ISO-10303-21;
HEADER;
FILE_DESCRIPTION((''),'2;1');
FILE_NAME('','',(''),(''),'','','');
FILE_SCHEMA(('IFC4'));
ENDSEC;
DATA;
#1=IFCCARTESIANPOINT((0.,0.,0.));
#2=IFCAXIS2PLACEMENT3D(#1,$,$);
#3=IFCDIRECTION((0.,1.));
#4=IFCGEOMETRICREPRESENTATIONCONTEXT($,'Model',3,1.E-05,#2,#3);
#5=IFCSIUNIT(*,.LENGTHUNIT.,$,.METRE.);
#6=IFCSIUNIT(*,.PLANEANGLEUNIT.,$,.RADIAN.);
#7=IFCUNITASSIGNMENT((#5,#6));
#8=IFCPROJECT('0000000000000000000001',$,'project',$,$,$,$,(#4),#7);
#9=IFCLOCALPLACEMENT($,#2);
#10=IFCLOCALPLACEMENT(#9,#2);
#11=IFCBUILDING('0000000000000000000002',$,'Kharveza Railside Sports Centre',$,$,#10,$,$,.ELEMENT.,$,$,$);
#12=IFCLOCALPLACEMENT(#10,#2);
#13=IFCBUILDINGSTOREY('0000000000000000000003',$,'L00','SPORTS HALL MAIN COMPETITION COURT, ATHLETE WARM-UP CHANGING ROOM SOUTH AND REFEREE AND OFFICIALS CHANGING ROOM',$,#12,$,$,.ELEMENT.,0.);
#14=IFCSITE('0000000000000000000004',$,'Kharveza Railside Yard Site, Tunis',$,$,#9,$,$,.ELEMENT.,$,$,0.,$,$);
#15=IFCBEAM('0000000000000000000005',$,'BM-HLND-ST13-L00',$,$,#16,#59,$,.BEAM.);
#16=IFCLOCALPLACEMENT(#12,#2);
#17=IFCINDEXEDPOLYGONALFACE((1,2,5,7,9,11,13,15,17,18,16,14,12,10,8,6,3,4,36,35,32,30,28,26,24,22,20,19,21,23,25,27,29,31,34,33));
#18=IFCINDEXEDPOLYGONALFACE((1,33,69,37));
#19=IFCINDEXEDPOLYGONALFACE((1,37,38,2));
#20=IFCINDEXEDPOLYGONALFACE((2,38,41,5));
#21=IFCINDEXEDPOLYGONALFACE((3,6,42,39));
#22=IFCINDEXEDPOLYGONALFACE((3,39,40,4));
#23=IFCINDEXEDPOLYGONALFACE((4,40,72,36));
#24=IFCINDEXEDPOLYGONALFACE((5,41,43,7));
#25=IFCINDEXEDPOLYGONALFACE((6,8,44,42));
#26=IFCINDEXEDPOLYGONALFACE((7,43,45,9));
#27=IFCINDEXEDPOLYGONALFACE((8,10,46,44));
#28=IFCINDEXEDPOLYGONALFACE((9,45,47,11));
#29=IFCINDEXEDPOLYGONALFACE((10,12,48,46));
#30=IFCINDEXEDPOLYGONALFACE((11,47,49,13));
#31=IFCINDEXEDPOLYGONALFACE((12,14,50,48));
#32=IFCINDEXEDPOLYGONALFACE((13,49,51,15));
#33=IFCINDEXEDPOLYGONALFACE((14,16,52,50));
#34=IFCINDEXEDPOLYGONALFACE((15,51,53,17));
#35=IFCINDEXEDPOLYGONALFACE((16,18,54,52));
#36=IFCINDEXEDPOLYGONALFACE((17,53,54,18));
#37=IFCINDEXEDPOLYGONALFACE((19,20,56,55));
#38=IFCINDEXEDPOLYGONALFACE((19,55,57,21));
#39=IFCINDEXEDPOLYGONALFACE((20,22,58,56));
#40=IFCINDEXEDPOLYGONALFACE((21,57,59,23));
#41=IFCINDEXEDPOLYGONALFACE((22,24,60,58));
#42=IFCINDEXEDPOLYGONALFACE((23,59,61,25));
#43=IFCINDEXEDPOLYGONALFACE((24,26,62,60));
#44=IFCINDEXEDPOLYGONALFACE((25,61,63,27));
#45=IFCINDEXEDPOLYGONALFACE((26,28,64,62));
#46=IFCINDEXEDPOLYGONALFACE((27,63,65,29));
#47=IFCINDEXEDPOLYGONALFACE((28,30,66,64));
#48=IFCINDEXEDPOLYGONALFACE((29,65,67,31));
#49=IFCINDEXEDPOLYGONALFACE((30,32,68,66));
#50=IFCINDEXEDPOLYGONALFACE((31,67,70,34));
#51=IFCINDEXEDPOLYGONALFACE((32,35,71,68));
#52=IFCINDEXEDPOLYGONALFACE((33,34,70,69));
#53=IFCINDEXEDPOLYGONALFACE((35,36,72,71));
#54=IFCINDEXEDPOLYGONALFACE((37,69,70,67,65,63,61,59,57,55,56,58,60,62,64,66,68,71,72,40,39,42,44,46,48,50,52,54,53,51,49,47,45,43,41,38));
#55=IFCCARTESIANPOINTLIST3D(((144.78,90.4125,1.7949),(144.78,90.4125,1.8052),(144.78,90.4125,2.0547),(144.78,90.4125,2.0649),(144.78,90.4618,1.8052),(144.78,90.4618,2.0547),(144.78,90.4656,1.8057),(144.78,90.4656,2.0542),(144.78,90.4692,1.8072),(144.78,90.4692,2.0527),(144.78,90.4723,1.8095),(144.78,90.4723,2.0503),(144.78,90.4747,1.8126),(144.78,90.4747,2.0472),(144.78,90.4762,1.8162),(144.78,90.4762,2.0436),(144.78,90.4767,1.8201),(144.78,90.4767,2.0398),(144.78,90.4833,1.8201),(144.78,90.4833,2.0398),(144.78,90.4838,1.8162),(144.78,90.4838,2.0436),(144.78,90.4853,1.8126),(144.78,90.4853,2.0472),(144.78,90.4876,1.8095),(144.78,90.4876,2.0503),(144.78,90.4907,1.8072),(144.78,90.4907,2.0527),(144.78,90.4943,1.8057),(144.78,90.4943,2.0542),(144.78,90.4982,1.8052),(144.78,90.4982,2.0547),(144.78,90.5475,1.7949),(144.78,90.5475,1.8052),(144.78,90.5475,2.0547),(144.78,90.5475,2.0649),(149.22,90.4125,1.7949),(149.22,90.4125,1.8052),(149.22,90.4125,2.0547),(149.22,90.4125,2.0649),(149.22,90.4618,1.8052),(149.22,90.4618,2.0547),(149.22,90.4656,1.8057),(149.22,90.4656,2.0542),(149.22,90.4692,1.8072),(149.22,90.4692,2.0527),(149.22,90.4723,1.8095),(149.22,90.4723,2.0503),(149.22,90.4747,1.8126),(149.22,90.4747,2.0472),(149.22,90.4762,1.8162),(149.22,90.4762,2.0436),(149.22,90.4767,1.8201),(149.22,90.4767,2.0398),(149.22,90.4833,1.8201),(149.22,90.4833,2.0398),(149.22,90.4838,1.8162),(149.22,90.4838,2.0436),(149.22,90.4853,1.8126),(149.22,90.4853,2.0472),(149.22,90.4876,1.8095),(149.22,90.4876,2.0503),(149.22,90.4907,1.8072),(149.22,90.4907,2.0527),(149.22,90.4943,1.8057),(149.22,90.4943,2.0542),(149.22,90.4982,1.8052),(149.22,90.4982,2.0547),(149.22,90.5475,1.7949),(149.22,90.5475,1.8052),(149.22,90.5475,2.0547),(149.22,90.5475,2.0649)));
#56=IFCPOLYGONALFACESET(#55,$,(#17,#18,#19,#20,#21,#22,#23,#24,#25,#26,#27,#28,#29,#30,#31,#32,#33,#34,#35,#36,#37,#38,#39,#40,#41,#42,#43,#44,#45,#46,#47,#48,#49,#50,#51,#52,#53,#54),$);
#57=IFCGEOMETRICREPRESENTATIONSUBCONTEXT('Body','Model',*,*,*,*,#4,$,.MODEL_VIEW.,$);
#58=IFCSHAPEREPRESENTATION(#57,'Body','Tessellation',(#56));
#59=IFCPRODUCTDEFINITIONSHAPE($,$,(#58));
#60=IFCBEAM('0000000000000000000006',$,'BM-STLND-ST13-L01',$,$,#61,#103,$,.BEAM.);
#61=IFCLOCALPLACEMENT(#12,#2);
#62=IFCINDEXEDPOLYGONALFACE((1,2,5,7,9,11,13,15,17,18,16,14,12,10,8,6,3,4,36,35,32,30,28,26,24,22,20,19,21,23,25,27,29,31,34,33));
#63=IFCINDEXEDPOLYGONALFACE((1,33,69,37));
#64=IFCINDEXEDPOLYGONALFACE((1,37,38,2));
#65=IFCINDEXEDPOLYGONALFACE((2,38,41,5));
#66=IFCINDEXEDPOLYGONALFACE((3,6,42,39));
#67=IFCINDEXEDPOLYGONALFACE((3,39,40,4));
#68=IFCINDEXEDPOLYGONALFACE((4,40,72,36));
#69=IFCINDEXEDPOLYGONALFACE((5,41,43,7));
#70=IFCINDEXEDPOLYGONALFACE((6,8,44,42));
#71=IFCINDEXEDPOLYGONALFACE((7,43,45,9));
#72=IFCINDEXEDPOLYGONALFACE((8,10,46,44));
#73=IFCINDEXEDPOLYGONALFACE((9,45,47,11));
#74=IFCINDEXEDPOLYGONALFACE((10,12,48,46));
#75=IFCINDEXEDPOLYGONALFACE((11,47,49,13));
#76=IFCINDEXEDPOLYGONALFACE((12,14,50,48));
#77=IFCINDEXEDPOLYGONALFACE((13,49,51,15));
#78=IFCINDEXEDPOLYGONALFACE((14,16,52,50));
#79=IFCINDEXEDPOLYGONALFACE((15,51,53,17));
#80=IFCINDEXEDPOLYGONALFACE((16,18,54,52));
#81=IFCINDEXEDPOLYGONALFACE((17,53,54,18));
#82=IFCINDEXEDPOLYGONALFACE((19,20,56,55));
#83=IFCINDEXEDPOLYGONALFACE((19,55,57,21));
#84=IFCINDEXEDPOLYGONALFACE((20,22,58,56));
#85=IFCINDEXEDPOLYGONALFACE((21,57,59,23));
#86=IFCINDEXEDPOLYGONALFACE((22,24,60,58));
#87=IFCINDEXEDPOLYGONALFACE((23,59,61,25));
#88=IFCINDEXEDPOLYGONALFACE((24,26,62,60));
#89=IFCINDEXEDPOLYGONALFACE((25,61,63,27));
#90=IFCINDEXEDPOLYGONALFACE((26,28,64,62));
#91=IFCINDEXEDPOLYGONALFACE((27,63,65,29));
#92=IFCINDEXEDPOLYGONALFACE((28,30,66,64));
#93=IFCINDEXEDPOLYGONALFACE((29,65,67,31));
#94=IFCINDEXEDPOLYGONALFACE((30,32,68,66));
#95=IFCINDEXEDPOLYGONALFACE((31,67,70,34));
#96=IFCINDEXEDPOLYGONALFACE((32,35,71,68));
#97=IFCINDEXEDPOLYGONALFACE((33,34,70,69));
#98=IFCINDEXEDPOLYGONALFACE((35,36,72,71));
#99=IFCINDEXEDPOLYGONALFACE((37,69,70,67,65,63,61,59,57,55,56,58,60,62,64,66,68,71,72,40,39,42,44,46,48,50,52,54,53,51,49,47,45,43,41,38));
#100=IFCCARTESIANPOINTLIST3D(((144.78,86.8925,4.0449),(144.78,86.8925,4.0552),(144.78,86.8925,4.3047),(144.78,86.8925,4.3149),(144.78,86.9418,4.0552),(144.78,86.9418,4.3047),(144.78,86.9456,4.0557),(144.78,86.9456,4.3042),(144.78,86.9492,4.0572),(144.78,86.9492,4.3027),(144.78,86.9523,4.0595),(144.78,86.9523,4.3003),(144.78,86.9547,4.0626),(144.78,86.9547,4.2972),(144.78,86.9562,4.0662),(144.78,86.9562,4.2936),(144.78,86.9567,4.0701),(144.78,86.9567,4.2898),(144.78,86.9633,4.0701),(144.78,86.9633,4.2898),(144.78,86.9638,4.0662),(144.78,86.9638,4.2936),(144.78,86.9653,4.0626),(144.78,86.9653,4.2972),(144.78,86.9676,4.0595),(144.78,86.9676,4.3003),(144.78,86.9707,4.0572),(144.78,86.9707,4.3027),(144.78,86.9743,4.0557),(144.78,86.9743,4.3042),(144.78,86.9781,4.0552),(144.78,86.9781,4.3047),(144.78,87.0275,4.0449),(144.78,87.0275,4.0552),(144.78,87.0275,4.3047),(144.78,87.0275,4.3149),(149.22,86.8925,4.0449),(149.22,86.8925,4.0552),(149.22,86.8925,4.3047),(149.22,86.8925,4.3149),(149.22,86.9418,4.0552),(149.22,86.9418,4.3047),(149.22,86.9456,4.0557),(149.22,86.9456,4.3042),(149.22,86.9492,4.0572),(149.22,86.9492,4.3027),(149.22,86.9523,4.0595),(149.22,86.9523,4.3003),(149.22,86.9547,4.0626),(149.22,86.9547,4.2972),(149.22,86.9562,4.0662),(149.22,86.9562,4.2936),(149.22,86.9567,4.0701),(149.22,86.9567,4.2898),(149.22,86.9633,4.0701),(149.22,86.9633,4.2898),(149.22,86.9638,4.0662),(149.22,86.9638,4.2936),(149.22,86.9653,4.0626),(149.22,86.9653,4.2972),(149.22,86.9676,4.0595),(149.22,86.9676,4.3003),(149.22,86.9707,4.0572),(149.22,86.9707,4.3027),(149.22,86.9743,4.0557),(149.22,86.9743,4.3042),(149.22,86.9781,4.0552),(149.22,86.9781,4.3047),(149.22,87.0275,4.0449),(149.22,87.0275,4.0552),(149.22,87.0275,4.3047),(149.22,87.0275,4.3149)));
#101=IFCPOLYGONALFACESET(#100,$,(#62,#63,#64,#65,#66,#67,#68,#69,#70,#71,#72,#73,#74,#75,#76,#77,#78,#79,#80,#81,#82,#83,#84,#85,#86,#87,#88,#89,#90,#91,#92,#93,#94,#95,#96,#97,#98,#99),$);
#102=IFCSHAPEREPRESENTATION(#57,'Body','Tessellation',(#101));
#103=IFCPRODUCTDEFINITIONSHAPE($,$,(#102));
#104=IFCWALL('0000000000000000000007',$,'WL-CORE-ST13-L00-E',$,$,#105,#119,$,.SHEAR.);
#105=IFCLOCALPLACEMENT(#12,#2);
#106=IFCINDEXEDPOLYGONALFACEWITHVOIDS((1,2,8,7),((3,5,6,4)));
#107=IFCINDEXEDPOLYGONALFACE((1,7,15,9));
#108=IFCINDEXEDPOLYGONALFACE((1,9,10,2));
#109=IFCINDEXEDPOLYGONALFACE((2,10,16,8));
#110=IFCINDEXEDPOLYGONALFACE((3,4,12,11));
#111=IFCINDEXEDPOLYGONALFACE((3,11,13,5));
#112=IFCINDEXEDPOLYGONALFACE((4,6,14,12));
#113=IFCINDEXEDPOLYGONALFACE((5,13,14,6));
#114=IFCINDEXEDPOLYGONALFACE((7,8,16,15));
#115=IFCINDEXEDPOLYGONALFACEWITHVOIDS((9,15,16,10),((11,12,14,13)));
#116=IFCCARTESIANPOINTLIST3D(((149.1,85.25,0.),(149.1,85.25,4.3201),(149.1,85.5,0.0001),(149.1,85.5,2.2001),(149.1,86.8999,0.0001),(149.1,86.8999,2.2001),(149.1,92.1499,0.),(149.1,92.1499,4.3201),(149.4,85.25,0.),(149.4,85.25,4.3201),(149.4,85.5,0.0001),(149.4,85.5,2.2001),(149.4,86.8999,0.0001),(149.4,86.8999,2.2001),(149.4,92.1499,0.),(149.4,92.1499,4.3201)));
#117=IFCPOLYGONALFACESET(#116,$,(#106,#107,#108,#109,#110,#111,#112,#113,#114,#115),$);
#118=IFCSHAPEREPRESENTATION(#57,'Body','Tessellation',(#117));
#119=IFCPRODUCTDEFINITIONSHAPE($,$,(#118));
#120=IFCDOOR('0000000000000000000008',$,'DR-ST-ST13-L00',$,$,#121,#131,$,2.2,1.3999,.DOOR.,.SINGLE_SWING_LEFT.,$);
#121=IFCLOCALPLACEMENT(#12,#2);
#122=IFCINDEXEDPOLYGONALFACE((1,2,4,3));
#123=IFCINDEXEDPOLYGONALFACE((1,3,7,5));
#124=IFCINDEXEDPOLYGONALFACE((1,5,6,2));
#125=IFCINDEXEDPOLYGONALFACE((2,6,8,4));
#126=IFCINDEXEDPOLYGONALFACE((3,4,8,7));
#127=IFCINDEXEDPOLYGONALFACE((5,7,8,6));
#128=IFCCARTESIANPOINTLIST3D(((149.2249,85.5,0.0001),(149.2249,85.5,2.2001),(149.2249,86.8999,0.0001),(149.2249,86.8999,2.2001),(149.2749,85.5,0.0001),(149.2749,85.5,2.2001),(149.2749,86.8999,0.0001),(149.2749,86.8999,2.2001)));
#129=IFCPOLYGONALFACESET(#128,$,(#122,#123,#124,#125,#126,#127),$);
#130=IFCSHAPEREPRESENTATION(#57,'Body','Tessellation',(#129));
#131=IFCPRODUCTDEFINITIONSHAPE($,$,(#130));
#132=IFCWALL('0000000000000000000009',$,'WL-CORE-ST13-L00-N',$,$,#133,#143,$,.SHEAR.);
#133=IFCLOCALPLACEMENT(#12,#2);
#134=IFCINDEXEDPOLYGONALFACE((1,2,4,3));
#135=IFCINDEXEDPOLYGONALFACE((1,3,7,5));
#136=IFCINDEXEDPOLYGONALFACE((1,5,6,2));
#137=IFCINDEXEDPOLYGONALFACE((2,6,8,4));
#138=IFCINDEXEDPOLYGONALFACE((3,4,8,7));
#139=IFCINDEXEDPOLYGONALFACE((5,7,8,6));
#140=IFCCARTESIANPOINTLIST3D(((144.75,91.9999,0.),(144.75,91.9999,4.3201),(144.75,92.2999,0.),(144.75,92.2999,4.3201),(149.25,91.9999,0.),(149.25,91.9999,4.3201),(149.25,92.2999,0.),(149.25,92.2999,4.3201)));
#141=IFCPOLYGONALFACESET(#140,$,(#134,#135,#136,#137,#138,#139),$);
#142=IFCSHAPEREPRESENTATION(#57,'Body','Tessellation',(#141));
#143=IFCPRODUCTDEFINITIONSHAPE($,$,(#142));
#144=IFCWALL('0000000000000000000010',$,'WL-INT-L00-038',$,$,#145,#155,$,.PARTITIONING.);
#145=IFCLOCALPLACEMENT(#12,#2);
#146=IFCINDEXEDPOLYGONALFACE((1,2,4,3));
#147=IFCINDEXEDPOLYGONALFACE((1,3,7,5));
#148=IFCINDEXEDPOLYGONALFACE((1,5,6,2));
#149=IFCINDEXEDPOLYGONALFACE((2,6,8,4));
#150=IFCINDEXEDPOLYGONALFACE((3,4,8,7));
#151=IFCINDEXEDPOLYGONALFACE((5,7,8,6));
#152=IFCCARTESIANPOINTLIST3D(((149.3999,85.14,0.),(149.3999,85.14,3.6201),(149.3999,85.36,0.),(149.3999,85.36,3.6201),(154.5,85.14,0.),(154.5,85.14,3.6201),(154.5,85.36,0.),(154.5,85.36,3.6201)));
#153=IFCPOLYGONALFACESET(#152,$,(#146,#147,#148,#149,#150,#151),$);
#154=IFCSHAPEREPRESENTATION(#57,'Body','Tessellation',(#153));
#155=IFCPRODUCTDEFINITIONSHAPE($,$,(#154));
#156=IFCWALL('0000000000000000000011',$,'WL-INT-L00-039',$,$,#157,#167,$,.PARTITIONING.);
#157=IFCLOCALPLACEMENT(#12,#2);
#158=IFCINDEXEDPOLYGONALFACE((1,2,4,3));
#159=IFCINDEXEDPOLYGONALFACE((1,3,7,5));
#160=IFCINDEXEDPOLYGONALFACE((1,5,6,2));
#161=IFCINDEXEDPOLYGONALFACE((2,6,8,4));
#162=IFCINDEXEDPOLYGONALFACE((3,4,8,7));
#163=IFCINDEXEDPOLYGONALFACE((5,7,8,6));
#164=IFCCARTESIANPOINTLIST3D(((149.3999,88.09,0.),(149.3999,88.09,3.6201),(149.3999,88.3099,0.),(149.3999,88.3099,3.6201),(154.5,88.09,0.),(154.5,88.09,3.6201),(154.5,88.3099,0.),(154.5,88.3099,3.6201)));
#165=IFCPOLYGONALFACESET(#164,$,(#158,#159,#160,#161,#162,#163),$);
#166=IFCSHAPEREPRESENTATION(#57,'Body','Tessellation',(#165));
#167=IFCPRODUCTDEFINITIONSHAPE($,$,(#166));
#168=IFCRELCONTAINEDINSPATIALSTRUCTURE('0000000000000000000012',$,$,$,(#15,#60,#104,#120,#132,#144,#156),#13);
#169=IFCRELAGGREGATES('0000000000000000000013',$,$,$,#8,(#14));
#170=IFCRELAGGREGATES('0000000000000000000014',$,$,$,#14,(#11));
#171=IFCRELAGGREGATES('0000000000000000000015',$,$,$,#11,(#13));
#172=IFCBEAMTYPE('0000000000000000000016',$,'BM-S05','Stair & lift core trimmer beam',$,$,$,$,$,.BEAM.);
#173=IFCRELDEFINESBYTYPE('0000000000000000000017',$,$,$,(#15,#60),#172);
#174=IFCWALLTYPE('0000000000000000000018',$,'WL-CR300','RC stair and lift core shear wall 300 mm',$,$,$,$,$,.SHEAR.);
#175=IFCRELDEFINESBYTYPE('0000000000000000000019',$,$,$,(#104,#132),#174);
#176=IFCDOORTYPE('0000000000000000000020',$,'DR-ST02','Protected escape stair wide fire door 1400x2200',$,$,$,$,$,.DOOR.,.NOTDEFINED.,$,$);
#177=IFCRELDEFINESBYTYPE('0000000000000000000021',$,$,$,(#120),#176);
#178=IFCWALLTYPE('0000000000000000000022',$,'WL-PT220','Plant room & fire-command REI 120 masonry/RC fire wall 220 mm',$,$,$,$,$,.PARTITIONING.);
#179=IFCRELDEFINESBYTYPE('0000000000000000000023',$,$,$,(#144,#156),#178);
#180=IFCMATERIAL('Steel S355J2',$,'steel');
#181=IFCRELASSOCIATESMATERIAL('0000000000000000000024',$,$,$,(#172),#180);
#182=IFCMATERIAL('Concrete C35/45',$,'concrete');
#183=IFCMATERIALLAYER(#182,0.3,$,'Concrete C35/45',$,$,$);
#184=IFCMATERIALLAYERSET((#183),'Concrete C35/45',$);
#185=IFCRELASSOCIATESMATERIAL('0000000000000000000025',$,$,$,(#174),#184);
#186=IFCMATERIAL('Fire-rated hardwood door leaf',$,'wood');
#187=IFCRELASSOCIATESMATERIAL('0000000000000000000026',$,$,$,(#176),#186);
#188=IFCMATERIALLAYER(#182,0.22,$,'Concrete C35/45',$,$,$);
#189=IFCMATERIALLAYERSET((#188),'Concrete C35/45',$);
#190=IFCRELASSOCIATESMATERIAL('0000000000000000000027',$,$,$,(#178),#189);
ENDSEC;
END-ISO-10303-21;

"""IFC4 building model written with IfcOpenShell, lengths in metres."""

from ifc_helpers import new_model, si_unit, direction, frame, frame_2d, origin, origin_2d, place, context, subcontext, project, spatial, rectangle, i_section, extrude, material, layer, layer_set, material_profile, profile_set, type_object, element, fill, save


model = new_model("IFC4")

# Units and contexts
model_context = context("Model", 3, precision=1e-05, world=origin(), true_north=direction((0.0, 1.0)))
body_context = subcontext(model_context, "Body", "Model", "MODEL_VIEW")
ifc_project = project(units=[si_unit("LENGTHUNIT", "METRE"), si_unit("PLANEANGLEUNIT", "RADIAN")], contexts=[model_context])

# Site, building, storey
site_placement = place(None, origin())
site = spatial("IfcSite", under=ifc_project, at=site_placement, Name="Kharveza Railside Yard Site, Tunis", CompositionType="ELEMENT", RefElevation=0.0)
building_placement = place(site_placement, origin())
building = spatial("IfcBuilding", under=site, at=building_placement, Name="Kharveza Railside Sports Centre", CompositionType="ELEMENT")
storey_placement = place(building_placement, origin())
storey = spatial("IfcBuildingStorey", under=building, at=storey_placement, Name="L00", Description="SPORTS HALL MAIN COMPETITION COURT, ATHLETE WARM-UP CHANGING ROOM SOUTH AND REFEREE AND OFFICIALS CHANGING ROOM", CompositionType="ELEMENT", Elevation=0.0)

# Shared definitions
ifc_material_1 = material(Name="Concrete C35/45", Category="concrete")

# Beams
ifc_material_2 = material(Name="Steel S355J2", Category="steel")
ifc_material_profile_1 = material_profile(ifc_material_2, i_section(OverallWidth=0.135, OverallDepth=0.27, WebThickness=0.0066, FlangeThickness=0.0103, FilletRadius=0.0149, at=origin_2d()), Name="IPE 270")
ifc_profile_set_1 = profile_set([ifc_material_profile_1], Name="Steel S355J2")
beam_type_1 = type_object("IfcBeamType", Name="BM-S05", Description="Stair & lift core trimmer beam", PredefinedType="BEAM", material=ifc_profile_set_1)
for number, where, z_axis, x_axis, name in (
    (1, (144.78, 90.48, 1.9299), (1.0, 0.0, 0.0), (0.0, 1.0, 0.0), "BM-HLND-ST13-L00"),
    (2, (144.78, 86.96, 4.1799), (1.0, 0.0, 0.0), (0.0, 1.0, 0.0), "BM-STLND-ST13-L01"),
):
    element("IfcBeam", number, at=place(storey_placement, frame(where, z_axis=z_axis, x_axis=x_axis)), inside=storey, type_object=beam_type_1, Name=name, PredefinedType="BEAM", context=body_context, shape_type="SweptSolid", body=[
        extrude(i_section(OverallWidth=0.135, OverallDepth=0.27, WebThickness=0.0066, FlangeThickness=0.0103, FilletRadius=0.0149, at=origin_2d()), origin(), (0.0, 0.0, 1.0), 4.4399),
    ])

# Wall, opening, door
ifc_layer_1 = layer(ifc_material_1, 0.3, Name="Concrete C35/45")
ifc_layer_set_1 = layer_set([ifc_layer_1], Name="Concrete C35/45")
wall_type_1 = type_object("IfcWallType", Name="WL-CR300", Description="RC stair and lift core shear wall 300 mm", PredefinedType="SHEAR", material=ifc_layer_set_1)
wall_1_placement = place(storey_placement, frame((149.25, 85.25, 0.0), z_axis=(0.0, 0.0, 1.0), x_axis=(0.0, 1.0, 0.0)))
wall_1 = element("IfcWall", 3, at=wall_1_placement, inside=storey, type_object=wall_type_1, Name="WL-CORE-ST13-L00-E", PredefinedType="SHEAR", context=body_context, shape_type="SweptSolid", body=[
    extrude(rectangle(XDim=6.8999, YDim=0.3, at=frame_2d((3.45, 0.0))), origin(), (0.0, 0.0, 1.0), 4.3201),
])
opening_placement = place(wall_1_placement, frame((0.25, 0.0, 0.0)))
opening = element("IfcOpeningElement", 4, at=opening_placement, cuts=wall_1, PredefinedType="OPENING", context=body_context, shape_type="SweptSolid", body=[
    extrude(rectangle(XDim=1.3999, YDim=2.2, at=frame_2d((0.7, 1.1001))), frame((0.0, 0.1748, 0.0), z_axis=(0.0, -1.0, 0.0), x_axis=(1.0, 0.0, 0.0)), (0.0, 0.0, 1.0), 0.3499),
])
ifc_material_3 = material(Name="Fire-rated hardwood door leaf", Category="wood")
door_type = type_object("IfcDoorType", Name="DR-ST02", Description="Protected escape stair wide fire door 1400x2200", OperationType="NOTDEFINED", PredefinedType="DOOR", material=ifc_material_3)
door_placement = place(opening_placement, frame((1.3999, 0.0, 0.0), z_axis=(0.0, 0.0, 1.0), x_axis=(-1.0, 0.0, 0.0)))
door = element("IfcDoor", 5, at=door_placement, inside=storey, type_object=door_type, Name="DR-ST-ST13-L00", OperationType="SINGLE_SWING_LEFT", OverallHeight=2.2, OverallWidth=1.3999, PredefinedType="DOOR", context=body_context, shape_type="SweptSolid", body=[
    extrude(rectangle(XDim=1.3999, YDim=2.2, at=frame_2d((0.7, 1.1001))), frame((0.0, 0.0249, 0.0), z_axis=(0.0, -1.0, 0.0), x_axis=(1.0, 0.0, 0.0)), (0.0, 0.0, 1.0), 0.05),
])
fill(opening, door)

# Walls
wall_2_placement = place(storey_placement, frame((149.25, 92.1499, 0.0), z_axis=(0.0, 0.0, 1.0), x_axis=(-1.0, 0.0, 0.0)))
element("IfcWall", 6, at=wall_2_placement, inside=storey, type_object=wall_type_1, Name="WL-CORE-ST13-L00-N", PredefinedType="SHEAR", context=body_context, shape_type="SweptSolid", body=[
    extrude(rectangle(XDim=4.5, YDim=0.3, at=frame_2d((2.25, 0.0))), origin(), (0.0, 0.0, 1.0), 4.3201),
])
ifc_layer_2 = layer(ifc_material_1, 0.22, Name="Concrete C35/45")
ifc_layer_set_2 = layer_set([ifc_layer_2], Name="Concrete C35/45")
wall_type_2 = type_object("IfcWallType", Name="WL-PT220", Description="Plant room & fire-command REI 120 masonry/RC fire wall 220 mm", PredefinedType="PARTITIONING", material=ifc_layer_set_2)
for number, where, z_axis, x_axis, name in (
    (7, (149.3999, 85.25, 0.0), (0.0, 0.0, 1.0), (1.0, 0.0, 0.0), "WL-INT-L00-038"),
    (8, (149.3999, 88.2, 0.0), (0.0, 0.0, 1.0), (1.0, 0.0, 0.0), "WL-INT-L00-039"),
):
    element("IfcWall", number, at=place(storey_placement, frame(where, z_axis=z_axis, x_axis=x_axis)), inside=storey, type_object=wall_type_2, Name=name, PredefinedType="PARTITIONING", context=body_context, shape_type="SweptSolid", body=[
        extrude(rectangle(XDim=5.1001, YDim=0.22, at=frame_2d((2.55, 0.0))), origin(), (0.0, 0.0, 1.0), 3.6201),
    ])

save(model, "model.ifc")
